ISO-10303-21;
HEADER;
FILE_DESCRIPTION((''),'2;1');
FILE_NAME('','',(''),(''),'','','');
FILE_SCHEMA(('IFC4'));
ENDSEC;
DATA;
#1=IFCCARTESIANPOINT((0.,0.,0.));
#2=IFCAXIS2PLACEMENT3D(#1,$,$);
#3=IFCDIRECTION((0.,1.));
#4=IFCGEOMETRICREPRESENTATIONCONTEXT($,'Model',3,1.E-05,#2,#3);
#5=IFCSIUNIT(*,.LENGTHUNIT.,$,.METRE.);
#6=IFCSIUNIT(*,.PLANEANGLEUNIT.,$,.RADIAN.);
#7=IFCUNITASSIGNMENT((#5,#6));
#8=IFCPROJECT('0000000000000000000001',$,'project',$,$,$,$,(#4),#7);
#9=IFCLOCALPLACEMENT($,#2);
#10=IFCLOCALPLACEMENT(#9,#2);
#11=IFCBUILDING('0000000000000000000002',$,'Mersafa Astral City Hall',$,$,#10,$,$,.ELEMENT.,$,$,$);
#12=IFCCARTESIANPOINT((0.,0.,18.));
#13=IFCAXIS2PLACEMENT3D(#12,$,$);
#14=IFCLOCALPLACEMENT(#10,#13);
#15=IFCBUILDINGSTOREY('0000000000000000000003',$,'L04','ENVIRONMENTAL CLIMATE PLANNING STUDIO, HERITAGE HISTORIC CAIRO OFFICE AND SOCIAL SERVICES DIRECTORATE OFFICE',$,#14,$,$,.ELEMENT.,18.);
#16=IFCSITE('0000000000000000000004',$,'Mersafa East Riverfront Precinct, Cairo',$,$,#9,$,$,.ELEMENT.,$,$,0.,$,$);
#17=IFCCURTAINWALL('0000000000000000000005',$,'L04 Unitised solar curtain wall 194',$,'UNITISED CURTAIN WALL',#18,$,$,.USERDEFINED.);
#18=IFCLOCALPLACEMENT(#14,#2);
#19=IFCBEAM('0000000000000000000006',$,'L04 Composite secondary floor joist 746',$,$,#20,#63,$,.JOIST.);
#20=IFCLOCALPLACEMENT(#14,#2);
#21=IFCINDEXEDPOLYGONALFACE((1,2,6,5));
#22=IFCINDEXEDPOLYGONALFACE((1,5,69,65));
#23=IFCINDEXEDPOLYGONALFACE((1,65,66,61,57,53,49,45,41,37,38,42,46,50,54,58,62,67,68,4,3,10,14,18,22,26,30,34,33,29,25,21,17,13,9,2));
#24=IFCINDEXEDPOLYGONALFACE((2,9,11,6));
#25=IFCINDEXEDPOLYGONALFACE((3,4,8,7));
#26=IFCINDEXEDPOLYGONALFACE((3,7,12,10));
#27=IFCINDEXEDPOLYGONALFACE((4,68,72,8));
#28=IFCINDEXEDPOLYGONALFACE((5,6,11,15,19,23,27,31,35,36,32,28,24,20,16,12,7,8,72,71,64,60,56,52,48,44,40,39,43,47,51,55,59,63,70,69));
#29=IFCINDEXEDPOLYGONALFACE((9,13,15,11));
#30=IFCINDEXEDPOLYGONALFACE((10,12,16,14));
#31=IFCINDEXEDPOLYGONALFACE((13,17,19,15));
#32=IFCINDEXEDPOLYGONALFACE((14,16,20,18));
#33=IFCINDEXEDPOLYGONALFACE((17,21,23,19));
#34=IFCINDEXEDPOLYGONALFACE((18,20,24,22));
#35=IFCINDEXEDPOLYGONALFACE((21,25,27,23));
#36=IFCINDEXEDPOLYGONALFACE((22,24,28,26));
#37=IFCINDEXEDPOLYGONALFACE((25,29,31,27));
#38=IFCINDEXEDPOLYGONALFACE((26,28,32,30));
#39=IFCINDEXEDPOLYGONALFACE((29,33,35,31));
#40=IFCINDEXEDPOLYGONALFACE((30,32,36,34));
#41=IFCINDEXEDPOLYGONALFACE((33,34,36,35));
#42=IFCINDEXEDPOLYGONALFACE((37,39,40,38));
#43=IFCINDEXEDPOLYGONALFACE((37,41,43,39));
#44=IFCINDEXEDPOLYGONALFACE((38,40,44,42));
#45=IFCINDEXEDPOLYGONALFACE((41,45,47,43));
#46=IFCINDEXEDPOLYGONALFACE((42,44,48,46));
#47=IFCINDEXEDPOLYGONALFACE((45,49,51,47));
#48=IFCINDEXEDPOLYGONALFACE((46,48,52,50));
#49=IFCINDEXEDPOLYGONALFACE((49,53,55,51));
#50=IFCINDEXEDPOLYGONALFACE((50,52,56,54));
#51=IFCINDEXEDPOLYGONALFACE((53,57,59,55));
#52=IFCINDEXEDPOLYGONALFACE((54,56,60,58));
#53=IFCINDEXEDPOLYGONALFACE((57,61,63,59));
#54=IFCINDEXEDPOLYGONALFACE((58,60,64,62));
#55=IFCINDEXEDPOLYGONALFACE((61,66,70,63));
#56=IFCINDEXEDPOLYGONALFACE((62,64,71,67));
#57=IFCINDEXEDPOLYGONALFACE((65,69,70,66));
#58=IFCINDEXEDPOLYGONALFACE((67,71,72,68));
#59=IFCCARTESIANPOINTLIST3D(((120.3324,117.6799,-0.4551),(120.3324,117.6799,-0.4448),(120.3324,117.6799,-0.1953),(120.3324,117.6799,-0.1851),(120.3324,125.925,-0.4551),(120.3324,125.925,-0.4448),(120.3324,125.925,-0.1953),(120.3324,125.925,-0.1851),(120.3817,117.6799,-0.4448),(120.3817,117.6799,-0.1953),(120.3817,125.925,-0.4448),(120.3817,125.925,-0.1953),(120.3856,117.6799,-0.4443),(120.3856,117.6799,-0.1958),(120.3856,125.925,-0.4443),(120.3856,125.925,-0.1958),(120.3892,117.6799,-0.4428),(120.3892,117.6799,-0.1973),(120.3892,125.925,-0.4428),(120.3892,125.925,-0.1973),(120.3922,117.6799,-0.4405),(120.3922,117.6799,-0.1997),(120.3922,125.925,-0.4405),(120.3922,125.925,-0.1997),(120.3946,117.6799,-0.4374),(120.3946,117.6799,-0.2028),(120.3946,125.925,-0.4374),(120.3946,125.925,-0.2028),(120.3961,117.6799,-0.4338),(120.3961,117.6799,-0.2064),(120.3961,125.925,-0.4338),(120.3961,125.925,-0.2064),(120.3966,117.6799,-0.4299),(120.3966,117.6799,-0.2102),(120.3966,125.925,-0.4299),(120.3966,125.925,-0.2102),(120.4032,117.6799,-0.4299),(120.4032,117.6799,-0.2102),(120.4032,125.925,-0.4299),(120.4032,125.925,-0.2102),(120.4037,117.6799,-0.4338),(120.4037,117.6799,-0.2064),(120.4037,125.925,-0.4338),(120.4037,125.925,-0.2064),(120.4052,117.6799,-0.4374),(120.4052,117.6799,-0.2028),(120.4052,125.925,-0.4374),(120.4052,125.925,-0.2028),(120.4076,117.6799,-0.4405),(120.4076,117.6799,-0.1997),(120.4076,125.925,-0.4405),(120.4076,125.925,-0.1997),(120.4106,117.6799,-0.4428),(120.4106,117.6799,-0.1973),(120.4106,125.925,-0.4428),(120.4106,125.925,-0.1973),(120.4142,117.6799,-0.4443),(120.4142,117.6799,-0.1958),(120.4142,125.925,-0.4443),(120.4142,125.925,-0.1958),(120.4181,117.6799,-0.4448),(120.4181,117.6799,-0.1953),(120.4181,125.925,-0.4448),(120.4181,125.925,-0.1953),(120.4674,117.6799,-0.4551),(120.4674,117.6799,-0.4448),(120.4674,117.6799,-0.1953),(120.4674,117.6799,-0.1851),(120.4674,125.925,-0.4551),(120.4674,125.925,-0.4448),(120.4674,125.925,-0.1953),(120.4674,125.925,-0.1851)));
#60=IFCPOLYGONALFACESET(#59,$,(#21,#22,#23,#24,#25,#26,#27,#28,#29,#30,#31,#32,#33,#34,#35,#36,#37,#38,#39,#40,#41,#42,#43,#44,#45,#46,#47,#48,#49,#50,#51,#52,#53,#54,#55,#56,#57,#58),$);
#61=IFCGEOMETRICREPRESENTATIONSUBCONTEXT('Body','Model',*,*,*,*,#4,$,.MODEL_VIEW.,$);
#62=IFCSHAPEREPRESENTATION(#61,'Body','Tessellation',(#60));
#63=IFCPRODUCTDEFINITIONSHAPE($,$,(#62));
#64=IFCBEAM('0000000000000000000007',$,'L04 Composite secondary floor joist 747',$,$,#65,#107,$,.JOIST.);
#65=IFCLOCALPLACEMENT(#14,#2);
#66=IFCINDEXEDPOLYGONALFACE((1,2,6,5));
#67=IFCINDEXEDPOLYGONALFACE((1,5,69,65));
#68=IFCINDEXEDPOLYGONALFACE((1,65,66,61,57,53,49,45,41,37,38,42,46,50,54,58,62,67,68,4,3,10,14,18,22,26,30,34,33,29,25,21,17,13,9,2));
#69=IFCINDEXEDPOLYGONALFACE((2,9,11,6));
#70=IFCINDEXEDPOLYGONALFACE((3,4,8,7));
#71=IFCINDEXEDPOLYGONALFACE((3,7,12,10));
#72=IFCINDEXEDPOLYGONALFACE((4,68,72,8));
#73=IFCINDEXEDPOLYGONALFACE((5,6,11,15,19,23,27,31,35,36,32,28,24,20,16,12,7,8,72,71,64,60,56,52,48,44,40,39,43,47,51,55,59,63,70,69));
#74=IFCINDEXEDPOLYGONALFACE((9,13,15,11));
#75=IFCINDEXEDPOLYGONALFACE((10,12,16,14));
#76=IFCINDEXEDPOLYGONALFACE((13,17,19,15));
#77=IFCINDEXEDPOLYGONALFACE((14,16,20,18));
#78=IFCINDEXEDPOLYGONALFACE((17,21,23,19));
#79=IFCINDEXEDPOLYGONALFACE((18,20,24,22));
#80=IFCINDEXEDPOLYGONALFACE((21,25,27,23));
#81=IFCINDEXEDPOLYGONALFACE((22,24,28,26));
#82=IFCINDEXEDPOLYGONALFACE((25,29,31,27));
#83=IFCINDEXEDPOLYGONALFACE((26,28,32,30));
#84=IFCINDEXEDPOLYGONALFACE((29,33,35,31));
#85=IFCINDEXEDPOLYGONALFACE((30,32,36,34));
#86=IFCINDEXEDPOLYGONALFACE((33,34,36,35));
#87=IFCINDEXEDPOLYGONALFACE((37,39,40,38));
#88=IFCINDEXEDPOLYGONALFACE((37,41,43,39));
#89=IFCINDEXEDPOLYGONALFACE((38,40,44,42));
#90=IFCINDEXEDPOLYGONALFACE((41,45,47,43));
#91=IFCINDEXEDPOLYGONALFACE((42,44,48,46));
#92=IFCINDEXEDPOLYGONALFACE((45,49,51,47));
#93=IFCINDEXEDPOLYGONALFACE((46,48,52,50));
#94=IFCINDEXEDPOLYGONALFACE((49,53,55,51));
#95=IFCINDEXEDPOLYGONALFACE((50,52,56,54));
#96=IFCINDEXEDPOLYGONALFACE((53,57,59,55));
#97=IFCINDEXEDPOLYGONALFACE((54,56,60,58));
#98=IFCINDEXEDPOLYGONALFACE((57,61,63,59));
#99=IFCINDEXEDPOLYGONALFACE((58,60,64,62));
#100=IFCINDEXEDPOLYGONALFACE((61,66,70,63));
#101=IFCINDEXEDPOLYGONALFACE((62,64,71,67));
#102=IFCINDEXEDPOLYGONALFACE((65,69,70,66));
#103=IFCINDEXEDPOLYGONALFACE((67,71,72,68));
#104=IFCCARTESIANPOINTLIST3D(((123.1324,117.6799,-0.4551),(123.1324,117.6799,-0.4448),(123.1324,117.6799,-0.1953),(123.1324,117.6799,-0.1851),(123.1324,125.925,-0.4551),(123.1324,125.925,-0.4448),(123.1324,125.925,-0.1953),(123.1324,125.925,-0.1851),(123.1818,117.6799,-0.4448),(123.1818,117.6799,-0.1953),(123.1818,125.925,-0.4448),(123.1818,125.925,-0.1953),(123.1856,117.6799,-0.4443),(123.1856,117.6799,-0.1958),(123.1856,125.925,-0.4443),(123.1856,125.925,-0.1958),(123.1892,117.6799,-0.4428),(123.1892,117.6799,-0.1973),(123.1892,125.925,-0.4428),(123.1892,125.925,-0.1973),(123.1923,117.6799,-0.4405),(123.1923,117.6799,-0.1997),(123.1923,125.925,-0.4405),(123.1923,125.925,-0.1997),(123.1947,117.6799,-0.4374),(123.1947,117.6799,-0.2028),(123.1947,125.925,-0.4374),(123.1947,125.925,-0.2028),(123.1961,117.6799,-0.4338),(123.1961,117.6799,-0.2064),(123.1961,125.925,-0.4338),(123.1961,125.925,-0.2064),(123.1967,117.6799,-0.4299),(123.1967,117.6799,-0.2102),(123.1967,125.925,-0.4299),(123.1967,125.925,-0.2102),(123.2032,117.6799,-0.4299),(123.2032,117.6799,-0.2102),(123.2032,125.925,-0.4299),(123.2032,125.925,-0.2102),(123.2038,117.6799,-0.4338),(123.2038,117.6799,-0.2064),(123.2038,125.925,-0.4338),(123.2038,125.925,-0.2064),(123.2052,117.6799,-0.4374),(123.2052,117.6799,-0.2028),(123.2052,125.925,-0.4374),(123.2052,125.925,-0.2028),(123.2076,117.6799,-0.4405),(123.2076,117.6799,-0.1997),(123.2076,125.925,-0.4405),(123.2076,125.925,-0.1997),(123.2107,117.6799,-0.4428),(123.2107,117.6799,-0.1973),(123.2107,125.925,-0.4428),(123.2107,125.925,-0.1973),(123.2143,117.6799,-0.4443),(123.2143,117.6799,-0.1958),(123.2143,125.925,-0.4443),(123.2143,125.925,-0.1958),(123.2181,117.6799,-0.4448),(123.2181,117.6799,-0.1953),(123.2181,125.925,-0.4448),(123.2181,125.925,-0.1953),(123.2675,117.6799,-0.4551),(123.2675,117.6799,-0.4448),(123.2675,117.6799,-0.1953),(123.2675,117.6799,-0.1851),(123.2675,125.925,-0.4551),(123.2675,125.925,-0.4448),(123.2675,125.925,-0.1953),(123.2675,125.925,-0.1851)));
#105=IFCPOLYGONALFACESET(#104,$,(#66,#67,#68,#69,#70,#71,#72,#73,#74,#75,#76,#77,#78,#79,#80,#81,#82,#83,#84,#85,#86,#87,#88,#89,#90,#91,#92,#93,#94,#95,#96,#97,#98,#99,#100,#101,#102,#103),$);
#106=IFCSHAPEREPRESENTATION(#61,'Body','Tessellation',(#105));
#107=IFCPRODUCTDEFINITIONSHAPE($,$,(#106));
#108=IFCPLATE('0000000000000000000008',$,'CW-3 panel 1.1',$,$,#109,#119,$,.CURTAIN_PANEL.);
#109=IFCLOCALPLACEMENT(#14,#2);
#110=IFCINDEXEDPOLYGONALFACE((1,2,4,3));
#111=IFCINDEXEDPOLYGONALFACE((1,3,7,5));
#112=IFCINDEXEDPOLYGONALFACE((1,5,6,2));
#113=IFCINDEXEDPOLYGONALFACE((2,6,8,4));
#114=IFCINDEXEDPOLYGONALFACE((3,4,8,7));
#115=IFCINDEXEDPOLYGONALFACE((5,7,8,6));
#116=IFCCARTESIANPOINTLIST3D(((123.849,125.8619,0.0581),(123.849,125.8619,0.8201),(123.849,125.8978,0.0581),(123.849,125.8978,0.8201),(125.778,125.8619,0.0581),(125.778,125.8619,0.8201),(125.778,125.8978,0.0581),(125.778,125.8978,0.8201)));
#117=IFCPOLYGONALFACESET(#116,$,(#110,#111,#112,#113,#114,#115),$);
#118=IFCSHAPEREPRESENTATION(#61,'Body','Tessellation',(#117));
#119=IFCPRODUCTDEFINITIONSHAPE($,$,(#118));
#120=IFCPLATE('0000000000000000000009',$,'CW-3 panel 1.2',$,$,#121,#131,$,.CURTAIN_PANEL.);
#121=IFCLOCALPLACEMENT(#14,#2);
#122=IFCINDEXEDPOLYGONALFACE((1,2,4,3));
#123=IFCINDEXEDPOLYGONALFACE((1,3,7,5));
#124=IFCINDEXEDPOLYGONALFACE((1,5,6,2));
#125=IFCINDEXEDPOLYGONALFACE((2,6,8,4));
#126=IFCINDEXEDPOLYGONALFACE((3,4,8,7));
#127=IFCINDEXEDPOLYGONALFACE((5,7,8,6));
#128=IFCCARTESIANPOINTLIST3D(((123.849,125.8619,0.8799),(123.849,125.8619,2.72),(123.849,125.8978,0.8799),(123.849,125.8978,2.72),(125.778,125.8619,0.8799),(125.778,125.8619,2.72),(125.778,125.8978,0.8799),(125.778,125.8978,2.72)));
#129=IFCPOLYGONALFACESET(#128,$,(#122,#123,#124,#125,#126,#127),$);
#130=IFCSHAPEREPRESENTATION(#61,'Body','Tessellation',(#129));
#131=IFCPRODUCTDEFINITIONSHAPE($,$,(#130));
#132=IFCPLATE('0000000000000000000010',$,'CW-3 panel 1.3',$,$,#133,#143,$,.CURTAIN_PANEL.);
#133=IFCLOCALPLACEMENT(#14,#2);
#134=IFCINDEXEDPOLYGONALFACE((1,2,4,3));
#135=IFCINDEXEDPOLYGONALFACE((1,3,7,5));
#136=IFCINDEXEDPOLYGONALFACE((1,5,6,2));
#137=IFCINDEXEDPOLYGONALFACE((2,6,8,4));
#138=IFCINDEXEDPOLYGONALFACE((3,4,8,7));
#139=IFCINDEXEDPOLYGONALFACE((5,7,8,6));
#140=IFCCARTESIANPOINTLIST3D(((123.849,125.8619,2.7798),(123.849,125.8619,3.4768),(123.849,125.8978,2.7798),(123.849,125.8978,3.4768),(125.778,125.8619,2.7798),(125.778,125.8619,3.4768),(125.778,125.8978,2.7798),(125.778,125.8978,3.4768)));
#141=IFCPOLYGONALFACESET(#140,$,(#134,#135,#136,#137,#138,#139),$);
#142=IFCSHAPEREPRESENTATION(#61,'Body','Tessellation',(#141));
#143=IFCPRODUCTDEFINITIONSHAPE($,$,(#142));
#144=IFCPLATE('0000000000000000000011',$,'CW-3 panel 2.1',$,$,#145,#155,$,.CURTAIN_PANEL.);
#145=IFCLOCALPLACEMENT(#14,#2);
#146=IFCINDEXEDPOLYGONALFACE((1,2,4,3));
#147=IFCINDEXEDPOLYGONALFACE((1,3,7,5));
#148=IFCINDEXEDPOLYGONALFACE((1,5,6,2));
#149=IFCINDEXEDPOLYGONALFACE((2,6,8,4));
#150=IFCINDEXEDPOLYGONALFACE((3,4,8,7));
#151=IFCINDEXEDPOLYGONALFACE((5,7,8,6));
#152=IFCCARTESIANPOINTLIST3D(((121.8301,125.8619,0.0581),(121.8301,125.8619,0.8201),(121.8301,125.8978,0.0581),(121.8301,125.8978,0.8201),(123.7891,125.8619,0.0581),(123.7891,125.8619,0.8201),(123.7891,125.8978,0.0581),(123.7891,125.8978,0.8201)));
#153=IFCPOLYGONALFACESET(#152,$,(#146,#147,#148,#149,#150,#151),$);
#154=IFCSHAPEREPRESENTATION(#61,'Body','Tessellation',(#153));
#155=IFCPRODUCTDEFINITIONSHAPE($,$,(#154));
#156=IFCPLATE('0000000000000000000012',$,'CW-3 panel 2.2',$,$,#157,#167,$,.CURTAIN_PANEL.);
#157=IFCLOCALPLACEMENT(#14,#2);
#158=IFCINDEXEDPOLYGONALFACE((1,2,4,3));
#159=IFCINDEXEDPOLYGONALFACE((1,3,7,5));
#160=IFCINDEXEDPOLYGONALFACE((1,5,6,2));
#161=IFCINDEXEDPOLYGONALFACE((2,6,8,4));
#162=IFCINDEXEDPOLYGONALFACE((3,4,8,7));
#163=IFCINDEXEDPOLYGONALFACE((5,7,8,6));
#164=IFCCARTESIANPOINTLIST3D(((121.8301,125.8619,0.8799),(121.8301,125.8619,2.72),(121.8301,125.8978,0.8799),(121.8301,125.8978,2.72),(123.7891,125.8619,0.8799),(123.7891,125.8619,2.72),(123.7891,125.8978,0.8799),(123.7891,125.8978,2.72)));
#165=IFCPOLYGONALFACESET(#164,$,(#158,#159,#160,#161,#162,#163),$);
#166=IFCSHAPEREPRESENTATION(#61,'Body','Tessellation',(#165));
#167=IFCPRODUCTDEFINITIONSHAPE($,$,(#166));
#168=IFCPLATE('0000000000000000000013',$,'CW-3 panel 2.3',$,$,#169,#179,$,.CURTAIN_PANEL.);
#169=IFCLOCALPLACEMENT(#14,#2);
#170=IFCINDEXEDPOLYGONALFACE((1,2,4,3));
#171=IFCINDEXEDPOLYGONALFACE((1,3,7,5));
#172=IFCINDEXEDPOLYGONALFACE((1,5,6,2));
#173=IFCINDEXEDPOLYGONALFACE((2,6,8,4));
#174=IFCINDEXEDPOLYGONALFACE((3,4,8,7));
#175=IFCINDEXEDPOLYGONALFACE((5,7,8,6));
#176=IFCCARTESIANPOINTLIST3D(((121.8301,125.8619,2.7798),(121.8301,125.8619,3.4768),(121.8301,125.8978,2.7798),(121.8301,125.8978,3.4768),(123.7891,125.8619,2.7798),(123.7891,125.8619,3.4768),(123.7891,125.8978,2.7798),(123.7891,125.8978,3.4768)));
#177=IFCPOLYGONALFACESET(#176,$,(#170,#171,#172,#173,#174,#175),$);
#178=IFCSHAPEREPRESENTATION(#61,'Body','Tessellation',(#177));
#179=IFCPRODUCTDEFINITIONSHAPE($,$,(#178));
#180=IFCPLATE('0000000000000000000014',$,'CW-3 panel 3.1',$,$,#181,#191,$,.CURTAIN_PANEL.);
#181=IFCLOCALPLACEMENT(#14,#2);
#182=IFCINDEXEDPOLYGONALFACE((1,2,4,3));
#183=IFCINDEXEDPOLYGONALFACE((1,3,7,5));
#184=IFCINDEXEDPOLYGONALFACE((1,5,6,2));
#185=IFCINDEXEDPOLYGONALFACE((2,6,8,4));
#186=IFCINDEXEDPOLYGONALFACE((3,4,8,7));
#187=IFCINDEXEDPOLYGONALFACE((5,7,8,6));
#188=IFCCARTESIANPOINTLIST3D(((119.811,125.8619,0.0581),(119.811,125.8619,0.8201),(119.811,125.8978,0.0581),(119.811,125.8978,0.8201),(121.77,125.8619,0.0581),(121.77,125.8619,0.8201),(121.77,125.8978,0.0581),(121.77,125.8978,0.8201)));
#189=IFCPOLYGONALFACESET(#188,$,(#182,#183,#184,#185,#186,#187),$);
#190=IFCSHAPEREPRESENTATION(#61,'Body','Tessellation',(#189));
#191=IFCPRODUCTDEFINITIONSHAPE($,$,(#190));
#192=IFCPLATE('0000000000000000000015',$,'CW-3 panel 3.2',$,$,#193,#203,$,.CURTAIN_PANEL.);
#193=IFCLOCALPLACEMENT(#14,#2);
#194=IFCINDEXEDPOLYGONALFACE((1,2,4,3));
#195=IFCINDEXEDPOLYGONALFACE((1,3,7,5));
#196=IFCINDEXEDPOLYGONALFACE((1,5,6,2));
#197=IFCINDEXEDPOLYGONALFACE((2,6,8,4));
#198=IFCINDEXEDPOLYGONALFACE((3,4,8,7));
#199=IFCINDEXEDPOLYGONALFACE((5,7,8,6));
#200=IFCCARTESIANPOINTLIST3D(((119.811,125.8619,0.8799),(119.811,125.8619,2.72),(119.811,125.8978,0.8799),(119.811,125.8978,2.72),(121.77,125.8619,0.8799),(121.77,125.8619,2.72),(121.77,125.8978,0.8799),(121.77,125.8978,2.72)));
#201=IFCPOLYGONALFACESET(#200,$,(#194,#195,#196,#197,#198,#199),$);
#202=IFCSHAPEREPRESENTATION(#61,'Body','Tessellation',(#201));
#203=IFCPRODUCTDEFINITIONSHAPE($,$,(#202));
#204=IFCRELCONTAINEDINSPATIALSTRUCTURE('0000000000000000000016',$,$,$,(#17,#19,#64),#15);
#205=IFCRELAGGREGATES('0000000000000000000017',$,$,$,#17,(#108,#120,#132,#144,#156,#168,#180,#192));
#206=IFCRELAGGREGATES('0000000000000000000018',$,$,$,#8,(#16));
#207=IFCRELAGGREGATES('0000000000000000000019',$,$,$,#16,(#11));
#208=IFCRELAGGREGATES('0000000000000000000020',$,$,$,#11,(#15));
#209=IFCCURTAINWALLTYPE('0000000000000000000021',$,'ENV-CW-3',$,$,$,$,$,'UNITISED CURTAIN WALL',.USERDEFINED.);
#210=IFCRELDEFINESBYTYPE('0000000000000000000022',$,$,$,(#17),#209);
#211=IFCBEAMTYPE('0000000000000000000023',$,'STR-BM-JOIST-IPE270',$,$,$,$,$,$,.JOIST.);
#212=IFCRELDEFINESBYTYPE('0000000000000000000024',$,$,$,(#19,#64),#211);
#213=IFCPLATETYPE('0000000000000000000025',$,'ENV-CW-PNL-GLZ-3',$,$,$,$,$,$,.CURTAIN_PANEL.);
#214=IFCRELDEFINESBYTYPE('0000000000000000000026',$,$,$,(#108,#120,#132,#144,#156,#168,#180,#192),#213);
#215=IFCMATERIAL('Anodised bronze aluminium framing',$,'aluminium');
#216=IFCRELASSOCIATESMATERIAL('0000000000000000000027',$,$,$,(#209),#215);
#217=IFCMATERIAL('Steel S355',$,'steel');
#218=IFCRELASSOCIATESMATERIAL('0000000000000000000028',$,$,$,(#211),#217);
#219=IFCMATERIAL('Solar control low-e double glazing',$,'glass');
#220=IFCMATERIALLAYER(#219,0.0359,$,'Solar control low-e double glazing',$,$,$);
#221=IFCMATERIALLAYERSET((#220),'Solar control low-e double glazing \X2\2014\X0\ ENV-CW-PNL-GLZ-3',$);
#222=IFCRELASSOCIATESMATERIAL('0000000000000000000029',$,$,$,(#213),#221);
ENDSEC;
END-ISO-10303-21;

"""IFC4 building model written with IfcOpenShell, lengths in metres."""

from ifc_helpers import new_model, si_unit, direction, frame, origin, origin_2d, place, context, subcontext, project, spatial, rectangle, i_section, extrude, material, layer, layer_set, material_profile, profile_set, type_object, element, aggregate, save


model = new_model("IFC4")

# Units and contexts
model_context = context("Model", 3, precision=1e-05, world=origin(), true_north=direction((0.0, 1.0)))
body_context = subcontext(model_context, "Body", "Model", "MODEL_VIEW")
ifc_project = project(units=[si_unit("LENGTHUNIT", "METRE"), si_unit("PLANEANGLEUNIT", "RADIAN")], contexts=[model_context])

# Site, building, storey
site_placement = place(None, origin())
site = spatial("IfcSite", under=ifc_project, at=site_placement, Name="Mersafa East Riverfront Precinct, Cairo", CompositionType="ELEMENT", RefElevation=0.0)
building_placement = place(site_placement, origin())
building = spatial("IfcBuilding", under=site, at=building_placement, Name="Mersafa Astral City Hall", CompositionType="ELEMENT")
storey_placement = place(building_placement, frame((0.0, 0.0, 18.0)))
storey = spatial("IfcBuildingStorey", under=building, at=storey_placement, Name="L04", Description="ENVIRONMENTAL CLIMATE PLANNING STUDIO, HERITAGE HISTORIC CAIRO OFFICE AND SOCIAL SERVICES DIRECTORATE OFFICE", CompositionType="ELEMENT", Elevation=18.0)

# Curtain wall
ifc_material_1 = material(Name="Anodised bronze aluminium framing", Category="aluminium")
curtain_wall_type = type_object("IfcCurtainWallType", Name="ENV-CW-3", ElementType="UNITISED CURTAIN WALL", PredefinedType="USERDEFINED", material=ifc_material_1)
curtain_wall_placement = place(storey_placement, origin())
curtain_wall = element("IfcCurtainWall", 1, at=curtain_wall_placement, inside=storey, type_object=curtain_wall_type, Name="L04 Unitised solar curtain wall 194", ObjectType="UNITISED CURTAIN WALL", PredefinedType="USERDEFINED")

# Beams
ifc_material_2 = material(Name="Steel S355", Category="steel")
ifc_material_profile_1 = material_profile(ifc_material_2, i_section(OverallWidth=0.135, OverallDepth=0.27, WebThickness=0.0066, FlangeThickness=0.0103, FilletRadius=0.0149, at=origin_2d()), Name="IPE 270")
ifc_profile_set_1 = profile_set([ifc_material_profile_1], Name="Steel S355")
beam_type = type_object("IfcBeamType", Name="STR-BM-JOIST-IPE270", PredefinedType="JOIST", material=ifc_profile_set_1)
for number, where, z_axis, x_axis, name in (
    (2, (120.3999, 117.6799, -0.3201), (0.0, 1.0, 0.0), (-1.0, 0.0, 0.0), "L04 Composite secondary floor joist 746"),
    (3, (123.2, 117.6799, -0.3201), (0.0, 1.0, 0.0), (-1.0, 0.0, 0.0), "L04 Composite secondary floor joist 747"),
):
    element("IfcBeam", number, at=place(storey_placement, frame(where, z_axis=z_axis, x_axis=x_axis)), inside=storey, type_object=beam_type, Name=name, PredefinedType="JOIST", context=body_context, shape_type="SweptSolid", body=[
        extrude(i_section(OverallWidth=0.135, OverallDepth=0.27, WebThickness=0.0066, FlangeThickness=0.0103, FilletRadius=0.0149, at=origin_2d()), origin(), (0.0, 0.0, 1.0), 8.2451),
    ])

# Plates
ifc_material_3 = material(Name="Solar control low-e double glazing", Category="glass")
ifc_layer_1 = layer(ifc_material_3, 0.0359, Name="Solar control low-e double glazing")
ifc_layer_set_1 = layer_set([ifc_layer_1], Name="Solar control low-e double glazing — ENV-CW-PNL-GLZ-3")
plate_type = type_object("IfcPlateType", Name="ENV-CW-PNL-GLZ-3", PredefinedType="CURTAIN_PANEL", material=ifc_layer_set_1)
plate_1_placement = place(storey_placement, frame((124.8135, 125.8799, 0.0581), z_axis=(0.0, 0.0, 1.0), x_axis=(-1.0, 0.0, 0.0)))
plate_1 = element("IfcPlate", 4, at=plate_1_placement, type_object=plate_type, Name="CW-3 panel 1.1", PredefinedType="CURTAIN_PANEL", context=body_context, shape_type="SweptSolid", body=[
    extrude(rectangle(XDim=1.929, YDim=0.0359, at=origin_2d()), origin(), (0.0, 0.0, 1.0), 0.762),
])
plate_2_placement = place(storey_placement, frame((124.8135, 125.8799, 0.8799), z_axis=(0.0, 0.0, 1.0), x_axis=(-1.0, 0.0, 0.0)))
plate_2 = element("IfcPlate", 5, at=plate_2_placement, type_object=plate_type, Name="CW-3 panel 1.2", PredefinedType="CURTAIN_PANEL", context=body_context, shape_type="SweptSolid", body=[
    extrude(rectangle(XDim=1.929, YDim=0.0359, at=origin_2d()), origin(), (0.0, 0.0, 1.0), 1.8401),
])
plate_3_placement = place(storey_placement, frame((124.8135, 125.8799, 2.7798), z_axis=(0.0, 0.0, 1.0), x_axis=(-1.0, 0.0, 0.0)))
plate_3 = element("IfcPlate", 6, at=plate_3_placement, type_object=plate_type, Name="CW-3 panel 1.3", PredefinedType="CURTAIN_PANEL", context=body_context, shape_type="SweptSolid", body=[
    extrude(rectangle(XDim=1.929, YDim=0.0359, at=origin_2d()), origin(), (0.0, 0.0, 1.0), 0.697),
])
plate_4_placement = place(storey_placement, frame((122.8096, 125.8799, 0.0581), z_axis=(0.0, 0.0, 1.0), x_axis=(-1.0, 0.0, 0.0)))
plate_4 = element("IfcPlate", 7, at=plate_4_placement, type_object=plate_type, Name="CW-3 panel 2.1", PredefinedType="CURTAIN_PANEL", context=body_context, shape_type="SweptSolid", body=[
    extrude(rectangle(XDim=1.959, YDim=0.0359, at=origin_2d()), origin(), (0.0, 0.0, 1.0), 0.762),
])
plate_5_placement = place(storey_placement, frame((122.8096, 125.8799, 0.8799), z_axis=(0.0, 0.0, 1.0), x_axis=(-1.0, 0.0, 0.0)))
plate_5 = element("IfcPlate", 8, at=plate_5_placement, type_object=plate_type, Name="CW-3 panel 2.2", PredefinedType="CURTAIN_PANEL", context=body_context, shape_type="SweptSolid", body=[
    extrude(rectangle(XDim=1.959, YDim=0.0359, at=origin_2d()), origin(), (0.0, 0.0, 1.0), 1.8401),
])
plate_6_placement = place(storey_placement, frame((122.8096, 125.8799, 2.7798), z_axis=(0.0, 0.0, 1.0), x_axis=(-1.0, 0.0, 0.0)))
plate_6 = element("IfcPlate", 9, at=plate_6_placement, type_object=plate_type, Name="CW-3 panel 2.3", PredefinedType="CURTAIN_PANEL", context=body_context, shape_type="SweptSolid", body=[
    extrude(rectangle(XDim=1.959, YDim=0.0359, at=origin_2d()), origin(), (0.0, 0.0, 1.0), 0.697),
])
plate_7_placement = place(storey_placement, frame((120.7905, 125.8799, 0.0581), z_axis=(0.0, 0.0, 1.0), x_axis=(-1.0, 0.0, 0.0)))
plate_7 = element("IfcPlate", 10, at=plate_7_placement, type_object=plate_type, Name="CW-3 panel 3.1", PredefinedType="CURTAIN_PANEL", context=body_context, shape_type="SweptSolid", body=[
    extrude(rectangle(XDim=1.959, YDim=0.0359, at=origin_2d()), origin(), (0.0, 0.0, 1.0), 0.762),
])
plate_8_placement = place(storey_placement, frame((120.7905, 125.8799, 0.8799), z_axis=(0.0, 0.0, 1.0), x_axis=(-1.0, 0.0, 0.0)))
plate_8 = element("IfcPlate", 11, at=plate_8_placement, type_object=plate_type, Name="CW-3 panel 3.2", PredefinedType="CURTAIN_PANEL", context=body_context, shape_type="SweptSolid", body=[
    extrude(rectangle(XDim=1.959, YDim=0.0359, at=origin_2d()), origin(), (0.0, 0.0, 1.0), 1.8401),
])
aggregate(curtain_wall, [plate_1, plate_2, plate_3, plate_4, plate_5, plate_6, plate_7, plate_8])

save(model, "model.ifc")
